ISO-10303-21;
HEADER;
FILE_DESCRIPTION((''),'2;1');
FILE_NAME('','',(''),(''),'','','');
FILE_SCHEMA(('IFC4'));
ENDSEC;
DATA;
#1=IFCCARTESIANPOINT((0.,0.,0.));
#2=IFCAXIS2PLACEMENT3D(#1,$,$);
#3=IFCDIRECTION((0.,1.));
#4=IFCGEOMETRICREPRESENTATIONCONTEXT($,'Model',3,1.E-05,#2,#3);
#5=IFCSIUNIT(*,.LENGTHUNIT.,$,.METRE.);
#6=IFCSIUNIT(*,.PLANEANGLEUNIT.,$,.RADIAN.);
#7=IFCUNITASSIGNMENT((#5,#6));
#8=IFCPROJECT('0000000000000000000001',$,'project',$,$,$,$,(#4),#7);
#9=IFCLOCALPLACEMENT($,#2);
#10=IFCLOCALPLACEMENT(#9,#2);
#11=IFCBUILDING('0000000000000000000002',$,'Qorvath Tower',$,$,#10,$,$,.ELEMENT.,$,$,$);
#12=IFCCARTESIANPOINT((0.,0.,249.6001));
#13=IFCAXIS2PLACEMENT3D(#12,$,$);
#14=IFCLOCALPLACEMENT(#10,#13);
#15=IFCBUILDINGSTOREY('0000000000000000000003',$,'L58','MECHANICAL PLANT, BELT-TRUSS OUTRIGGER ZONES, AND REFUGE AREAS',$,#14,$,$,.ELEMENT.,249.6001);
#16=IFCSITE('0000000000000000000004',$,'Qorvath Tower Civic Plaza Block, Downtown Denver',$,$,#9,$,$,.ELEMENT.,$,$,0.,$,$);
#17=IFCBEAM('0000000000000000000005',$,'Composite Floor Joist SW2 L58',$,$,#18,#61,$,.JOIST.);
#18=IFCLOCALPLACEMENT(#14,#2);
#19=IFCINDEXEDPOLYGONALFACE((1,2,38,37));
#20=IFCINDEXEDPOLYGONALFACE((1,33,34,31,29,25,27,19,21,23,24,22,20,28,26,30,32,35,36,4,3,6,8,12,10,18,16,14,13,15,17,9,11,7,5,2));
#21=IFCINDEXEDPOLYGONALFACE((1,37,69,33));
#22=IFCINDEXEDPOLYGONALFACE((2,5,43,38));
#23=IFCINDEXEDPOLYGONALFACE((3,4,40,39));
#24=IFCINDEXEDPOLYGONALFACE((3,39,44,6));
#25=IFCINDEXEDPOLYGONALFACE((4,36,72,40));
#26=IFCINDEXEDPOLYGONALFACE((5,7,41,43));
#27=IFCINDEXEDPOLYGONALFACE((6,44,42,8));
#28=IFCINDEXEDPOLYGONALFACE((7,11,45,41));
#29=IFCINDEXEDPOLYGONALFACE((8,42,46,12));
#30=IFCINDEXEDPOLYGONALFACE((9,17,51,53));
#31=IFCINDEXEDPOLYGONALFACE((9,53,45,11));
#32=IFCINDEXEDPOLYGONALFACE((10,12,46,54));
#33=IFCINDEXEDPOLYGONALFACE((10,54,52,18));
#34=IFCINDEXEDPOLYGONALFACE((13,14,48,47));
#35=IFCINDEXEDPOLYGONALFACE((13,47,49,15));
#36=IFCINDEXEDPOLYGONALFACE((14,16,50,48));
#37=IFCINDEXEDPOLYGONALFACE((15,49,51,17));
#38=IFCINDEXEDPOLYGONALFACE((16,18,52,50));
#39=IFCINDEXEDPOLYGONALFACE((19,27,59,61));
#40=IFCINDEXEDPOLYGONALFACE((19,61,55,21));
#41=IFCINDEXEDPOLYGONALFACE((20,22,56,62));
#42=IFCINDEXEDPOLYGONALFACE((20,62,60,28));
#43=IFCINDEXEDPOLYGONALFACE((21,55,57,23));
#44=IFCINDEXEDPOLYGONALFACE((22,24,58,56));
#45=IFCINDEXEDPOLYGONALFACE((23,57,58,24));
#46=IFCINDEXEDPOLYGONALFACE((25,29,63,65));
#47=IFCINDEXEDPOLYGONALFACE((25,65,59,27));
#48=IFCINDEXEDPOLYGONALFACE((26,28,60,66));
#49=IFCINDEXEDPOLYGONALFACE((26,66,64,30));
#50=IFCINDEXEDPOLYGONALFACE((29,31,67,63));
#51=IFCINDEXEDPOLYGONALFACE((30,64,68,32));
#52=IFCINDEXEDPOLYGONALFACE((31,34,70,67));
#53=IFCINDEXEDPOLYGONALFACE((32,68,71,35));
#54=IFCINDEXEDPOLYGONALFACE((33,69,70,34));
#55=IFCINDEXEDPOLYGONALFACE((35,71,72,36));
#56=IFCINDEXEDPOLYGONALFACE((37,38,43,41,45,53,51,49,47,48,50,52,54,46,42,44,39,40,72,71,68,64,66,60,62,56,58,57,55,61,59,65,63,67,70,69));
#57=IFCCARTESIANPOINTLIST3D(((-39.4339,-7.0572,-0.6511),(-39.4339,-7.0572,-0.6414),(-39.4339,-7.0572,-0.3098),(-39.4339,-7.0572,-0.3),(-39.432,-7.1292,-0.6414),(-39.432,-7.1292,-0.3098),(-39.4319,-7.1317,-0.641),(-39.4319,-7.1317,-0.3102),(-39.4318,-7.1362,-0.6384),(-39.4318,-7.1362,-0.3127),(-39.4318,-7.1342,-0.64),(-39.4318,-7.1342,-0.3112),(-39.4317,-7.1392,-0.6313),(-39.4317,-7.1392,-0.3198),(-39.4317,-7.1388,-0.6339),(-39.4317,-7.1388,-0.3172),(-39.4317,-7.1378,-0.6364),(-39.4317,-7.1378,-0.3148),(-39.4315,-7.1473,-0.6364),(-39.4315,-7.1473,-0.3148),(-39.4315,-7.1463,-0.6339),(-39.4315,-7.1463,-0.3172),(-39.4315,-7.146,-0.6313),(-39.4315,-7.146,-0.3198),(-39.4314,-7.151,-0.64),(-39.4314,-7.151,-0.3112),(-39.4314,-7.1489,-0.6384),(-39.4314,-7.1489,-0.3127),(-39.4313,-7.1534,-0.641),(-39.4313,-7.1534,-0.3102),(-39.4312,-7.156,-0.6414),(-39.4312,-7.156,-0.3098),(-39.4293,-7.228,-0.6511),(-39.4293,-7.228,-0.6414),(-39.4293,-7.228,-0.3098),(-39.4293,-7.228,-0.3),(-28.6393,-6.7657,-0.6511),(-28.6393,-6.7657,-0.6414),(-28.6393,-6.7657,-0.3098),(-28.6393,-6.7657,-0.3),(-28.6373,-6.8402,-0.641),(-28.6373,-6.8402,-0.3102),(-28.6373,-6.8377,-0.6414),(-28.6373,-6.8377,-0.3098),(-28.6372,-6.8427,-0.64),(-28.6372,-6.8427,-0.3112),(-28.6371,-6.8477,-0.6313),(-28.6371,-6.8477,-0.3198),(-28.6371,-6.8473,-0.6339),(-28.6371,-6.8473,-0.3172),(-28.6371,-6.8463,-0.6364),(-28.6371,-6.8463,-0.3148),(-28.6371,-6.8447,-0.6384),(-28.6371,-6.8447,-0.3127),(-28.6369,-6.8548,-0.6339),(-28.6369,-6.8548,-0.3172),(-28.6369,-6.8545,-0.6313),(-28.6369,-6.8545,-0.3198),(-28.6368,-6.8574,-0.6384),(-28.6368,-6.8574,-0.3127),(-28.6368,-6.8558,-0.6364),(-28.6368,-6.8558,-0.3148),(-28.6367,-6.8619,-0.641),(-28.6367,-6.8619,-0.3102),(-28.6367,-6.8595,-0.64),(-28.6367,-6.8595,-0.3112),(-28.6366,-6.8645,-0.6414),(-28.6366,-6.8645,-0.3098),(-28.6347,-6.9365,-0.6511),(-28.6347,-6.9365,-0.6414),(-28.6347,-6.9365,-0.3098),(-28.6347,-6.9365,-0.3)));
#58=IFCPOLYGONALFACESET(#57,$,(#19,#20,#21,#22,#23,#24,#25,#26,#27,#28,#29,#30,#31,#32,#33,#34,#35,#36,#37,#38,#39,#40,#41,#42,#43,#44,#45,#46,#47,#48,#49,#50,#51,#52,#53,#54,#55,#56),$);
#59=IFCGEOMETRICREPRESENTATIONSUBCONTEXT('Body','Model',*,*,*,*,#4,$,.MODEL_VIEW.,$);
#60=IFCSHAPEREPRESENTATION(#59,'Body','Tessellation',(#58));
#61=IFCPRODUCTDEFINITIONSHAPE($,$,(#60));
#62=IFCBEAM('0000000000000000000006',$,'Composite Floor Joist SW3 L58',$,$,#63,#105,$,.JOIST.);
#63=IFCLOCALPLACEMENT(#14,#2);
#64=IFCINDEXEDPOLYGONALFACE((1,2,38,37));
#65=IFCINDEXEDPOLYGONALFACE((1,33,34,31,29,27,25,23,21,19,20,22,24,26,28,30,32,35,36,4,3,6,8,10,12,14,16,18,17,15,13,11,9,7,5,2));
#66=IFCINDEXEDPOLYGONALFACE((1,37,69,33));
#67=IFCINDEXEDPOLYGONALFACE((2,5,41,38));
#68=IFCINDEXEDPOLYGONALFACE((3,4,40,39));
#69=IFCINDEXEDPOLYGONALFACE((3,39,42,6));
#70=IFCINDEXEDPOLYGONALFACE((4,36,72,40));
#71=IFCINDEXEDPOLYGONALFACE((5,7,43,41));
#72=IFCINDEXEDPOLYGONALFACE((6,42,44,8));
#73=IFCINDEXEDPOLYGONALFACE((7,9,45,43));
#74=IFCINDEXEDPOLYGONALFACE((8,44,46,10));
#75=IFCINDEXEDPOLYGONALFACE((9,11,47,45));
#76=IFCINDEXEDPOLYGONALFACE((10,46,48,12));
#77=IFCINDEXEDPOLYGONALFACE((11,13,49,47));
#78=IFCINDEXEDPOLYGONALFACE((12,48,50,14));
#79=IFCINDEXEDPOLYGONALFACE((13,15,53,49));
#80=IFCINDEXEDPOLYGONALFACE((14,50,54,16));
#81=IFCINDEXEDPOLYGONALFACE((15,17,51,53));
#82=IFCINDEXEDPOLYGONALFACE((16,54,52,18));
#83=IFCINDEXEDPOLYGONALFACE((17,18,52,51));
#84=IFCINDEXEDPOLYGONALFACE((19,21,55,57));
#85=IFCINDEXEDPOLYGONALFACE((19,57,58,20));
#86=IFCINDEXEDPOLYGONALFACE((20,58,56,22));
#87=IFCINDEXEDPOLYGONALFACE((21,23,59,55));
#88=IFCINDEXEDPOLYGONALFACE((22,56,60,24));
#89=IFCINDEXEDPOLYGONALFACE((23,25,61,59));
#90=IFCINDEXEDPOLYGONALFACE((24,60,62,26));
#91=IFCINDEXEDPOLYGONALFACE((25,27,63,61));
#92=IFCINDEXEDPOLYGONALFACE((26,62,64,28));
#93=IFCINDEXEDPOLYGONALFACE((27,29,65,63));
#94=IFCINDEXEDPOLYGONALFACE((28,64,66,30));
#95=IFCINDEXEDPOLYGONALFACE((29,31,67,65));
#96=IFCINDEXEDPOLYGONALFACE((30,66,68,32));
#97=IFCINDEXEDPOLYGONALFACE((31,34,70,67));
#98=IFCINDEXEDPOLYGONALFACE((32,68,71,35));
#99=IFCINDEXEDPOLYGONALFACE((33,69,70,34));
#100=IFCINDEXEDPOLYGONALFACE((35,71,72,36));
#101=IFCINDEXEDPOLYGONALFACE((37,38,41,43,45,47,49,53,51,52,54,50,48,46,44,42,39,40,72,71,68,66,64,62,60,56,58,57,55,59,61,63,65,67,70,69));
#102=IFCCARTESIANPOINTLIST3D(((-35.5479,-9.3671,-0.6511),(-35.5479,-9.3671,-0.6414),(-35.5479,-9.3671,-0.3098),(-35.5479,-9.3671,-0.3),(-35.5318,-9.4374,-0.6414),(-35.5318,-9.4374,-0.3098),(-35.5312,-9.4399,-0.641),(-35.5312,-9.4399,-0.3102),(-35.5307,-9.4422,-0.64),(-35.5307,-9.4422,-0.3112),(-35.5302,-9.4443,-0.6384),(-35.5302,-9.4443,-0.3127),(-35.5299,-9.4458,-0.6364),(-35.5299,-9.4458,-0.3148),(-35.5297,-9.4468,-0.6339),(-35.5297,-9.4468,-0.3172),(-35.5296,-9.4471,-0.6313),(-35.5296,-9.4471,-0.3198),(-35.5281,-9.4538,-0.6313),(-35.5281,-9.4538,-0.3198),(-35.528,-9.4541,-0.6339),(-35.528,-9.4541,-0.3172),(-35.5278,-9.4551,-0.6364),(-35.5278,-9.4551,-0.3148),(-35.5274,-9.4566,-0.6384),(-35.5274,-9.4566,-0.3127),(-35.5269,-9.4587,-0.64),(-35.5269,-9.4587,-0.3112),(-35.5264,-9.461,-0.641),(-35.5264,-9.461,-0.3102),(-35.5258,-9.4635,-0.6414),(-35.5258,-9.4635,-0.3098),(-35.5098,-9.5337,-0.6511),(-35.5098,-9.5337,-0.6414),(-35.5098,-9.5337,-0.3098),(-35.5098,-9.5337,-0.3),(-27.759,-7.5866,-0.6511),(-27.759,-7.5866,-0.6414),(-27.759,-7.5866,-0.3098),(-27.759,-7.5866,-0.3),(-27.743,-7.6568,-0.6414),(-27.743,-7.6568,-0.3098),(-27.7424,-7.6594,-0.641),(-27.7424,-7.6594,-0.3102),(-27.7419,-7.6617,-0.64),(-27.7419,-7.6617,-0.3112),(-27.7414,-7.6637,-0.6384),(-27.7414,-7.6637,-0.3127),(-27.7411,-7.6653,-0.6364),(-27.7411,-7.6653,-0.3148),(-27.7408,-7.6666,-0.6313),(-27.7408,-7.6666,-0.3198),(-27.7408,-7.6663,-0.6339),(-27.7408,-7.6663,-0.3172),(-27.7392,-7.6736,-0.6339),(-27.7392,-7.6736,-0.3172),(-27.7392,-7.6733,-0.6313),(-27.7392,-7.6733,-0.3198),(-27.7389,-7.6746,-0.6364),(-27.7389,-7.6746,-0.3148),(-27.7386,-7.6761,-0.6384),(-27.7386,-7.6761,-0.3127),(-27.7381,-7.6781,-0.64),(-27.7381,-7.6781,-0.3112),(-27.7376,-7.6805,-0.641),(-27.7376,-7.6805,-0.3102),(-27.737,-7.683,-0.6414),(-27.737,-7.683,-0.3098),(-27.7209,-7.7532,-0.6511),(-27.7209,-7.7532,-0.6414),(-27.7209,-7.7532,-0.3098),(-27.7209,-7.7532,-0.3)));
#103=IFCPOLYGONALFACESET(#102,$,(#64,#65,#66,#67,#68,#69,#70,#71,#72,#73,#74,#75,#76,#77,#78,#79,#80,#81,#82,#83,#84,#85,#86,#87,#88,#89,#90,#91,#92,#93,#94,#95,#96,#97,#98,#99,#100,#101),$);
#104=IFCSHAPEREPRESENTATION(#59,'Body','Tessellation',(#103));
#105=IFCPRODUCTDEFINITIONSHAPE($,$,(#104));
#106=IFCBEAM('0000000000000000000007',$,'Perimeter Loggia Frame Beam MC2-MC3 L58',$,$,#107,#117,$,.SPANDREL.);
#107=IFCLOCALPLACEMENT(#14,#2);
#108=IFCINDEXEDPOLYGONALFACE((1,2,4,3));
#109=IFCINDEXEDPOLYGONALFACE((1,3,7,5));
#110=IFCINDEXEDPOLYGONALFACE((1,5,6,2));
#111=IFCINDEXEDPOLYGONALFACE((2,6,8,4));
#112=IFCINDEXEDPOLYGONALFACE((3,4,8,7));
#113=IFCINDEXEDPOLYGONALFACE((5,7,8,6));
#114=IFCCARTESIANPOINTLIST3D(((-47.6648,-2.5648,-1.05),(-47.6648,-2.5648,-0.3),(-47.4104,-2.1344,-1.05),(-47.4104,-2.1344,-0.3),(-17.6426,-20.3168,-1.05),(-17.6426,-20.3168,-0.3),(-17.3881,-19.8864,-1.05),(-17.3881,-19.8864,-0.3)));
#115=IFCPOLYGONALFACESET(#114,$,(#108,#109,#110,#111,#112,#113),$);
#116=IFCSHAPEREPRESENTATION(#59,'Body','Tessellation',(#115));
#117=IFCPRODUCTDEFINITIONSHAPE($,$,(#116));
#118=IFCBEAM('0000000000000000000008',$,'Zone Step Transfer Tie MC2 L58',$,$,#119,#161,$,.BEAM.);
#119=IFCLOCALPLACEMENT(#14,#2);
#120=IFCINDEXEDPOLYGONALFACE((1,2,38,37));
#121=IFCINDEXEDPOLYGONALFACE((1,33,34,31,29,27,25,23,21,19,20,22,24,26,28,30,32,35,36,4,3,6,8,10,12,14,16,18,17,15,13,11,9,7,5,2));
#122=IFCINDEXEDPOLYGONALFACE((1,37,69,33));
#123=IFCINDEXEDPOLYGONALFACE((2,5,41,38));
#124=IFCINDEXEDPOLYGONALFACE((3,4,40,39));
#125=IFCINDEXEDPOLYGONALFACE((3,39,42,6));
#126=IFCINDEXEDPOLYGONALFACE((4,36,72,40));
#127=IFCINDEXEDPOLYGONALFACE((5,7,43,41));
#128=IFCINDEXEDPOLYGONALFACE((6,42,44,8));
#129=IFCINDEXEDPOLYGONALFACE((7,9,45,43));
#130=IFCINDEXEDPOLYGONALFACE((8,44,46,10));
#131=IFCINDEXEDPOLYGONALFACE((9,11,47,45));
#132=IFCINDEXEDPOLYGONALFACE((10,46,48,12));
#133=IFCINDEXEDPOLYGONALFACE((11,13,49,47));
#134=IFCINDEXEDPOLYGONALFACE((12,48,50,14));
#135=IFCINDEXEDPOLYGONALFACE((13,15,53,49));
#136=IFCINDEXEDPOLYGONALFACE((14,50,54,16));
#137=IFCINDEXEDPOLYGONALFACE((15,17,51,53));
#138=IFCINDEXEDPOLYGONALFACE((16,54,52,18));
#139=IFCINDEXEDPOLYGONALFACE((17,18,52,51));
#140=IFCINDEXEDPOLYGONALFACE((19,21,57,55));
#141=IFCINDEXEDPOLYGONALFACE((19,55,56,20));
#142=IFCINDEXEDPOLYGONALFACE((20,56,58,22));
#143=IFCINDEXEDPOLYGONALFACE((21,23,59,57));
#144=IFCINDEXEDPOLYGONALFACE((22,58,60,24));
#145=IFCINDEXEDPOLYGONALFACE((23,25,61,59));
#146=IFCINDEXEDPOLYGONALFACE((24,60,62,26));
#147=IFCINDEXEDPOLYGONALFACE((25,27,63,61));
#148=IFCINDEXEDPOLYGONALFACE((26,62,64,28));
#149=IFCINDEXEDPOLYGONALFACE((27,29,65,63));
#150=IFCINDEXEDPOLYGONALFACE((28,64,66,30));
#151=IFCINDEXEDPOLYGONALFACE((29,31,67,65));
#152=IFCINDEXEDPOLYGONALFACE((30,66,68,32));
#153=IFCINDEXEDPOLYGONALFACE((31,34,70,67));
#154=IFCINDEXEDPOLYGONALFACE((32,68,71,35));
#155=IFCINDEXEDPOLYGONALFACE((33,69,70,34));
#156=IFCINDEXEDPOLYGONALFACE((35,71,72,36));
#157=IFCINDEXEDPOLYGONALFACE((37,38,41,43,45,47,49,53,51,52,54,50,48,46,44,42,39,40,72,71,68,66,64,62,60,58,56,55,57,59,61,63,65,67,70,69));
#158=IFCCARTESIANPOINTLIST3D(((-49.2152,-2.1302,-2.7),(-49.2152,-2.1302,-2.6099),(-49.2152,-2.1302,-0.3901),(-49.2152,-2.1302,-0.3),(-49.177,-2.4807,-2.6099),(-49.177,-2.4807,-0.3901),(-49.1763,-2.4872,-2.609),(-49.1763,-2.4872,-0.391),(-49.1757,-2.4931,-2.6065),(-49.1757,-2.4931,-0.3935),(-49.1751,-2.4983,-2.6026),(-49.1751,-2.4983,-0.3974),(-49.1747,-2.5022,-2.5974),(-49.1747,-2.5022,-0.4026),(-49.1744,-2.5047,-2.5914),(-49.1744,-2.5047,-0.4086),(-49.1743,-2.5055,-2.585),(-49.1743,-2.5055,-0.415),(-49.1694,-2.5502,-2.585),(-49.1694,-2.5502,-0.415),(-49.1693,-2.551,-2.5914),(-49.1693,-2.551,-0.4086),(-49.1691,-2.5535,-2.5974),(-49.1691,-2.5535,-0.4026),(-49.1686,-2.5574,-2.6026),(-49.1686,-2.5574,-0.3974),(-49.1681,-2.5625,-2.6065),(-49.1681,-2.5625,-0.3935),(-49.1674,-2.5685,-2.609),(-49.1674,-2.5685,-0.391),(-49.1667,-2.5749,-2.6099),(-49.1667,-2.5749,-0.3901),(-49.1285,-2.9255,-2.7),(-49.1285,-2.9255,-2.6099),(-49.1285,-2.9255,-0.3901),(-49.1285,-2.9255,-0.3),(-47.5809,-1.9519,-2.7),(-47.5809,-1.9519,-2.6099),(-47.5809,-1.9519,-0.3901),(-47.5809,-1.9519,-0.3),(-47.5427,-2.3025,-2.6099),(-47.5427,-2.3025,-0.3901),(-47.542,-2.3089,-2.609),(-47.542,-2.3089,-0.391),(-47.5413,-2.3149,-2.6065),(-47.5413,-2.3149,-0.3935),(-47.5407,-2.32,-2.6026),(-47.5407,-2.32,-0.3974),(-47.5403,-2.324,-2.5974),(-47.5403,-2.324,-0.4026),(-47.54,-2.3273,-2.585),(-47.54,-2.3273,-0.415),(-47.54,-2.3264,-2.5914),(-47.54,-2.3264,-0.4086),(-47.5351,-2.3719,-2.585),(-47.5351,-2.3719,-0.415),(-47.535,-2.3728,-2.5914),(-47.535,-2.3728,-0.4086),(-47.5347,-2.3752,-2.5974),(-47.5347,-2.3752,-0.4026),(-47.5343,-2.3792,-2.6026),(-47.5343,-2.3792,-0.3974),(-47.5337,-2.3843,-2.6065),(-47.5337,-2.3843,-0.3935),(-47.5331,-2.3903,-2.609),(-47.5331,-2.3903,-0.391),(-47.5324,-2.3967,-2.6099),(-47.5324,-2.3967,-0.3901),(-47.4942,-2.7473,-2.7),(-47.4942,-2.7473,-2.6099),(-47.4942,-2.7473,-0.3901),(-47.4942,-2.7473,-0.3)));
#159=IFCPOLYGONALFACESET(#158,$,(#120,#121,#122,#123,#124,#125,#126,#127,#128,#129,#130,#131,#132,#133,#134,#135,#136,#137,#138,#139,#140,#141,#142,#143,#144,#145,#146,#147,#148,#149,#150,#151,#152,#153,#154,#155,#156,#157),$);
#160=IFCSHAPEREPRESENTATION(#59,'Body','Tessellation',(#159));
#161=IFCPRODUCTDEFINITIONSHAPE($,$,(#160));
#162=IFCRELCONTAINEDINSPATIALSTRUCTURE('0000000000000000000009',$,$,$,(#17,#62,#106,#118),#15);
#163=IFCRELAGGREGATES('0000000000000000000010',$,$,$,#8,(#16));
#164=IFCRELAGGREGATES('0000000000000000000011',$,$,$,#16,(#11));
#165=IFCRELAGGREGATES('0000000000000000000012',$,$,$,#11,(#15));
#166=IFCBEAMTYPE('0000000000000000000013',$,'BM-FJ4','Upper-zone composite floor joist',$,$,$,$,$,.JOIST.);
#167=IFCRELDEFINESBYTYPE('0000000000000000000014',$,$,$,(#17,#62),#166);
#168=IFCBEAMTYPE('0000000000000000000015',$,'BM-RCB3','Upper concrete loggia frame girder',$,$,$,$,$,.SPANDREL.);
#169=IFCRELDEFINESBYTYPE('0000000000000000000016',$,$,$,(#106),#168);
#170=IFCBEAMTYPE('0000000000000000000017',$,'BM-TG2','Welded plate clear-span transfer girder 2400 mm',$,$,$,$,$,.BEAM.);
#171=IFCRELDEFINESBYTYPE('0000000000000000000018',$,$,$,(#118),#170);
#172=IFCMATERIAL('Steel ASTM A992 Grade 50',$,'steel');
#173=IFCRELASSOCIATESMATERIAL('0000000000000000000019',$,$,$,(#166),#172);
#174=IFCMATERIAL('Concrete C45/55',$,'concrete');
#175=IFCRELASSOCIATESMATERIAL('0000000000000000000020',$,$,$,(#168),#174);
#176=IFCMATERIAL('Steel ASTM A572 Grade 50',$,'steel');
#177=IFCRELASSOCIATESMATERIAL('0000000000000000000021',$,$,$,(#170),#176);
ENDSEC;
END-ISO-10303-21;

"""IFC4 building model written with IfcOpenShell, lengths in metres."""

from ifc_helpers import new_model, si_unit, direction, frame, origin, origin_2d, place, context, subcontext, project, spatial, rectangle, i_section, extrude, material, material_profile, profile_set, type_object, element, save


model = new_model("IFC4")

# Units and contexts
model_context = context("Model", 3, precision=1e-05, world=origin(), true_north=direction((0.0, 1.0)))
body_context = subcontext(model_context, "Body", "Model", "MODEL_VIEW")
ifc_project = project(units=[si_unit("LENGTHUNIT", "METRE"), si_unit("PLANEANGLEUNIT", "RADIAN")], contexts=[model_context])

# Site, building, storey
site_placement = place(None, origin())
site = spatial("IfcSite", under=ifc_project, at=site_placement, Name="Qorvath Tower Civic Plaza Block, Downtown Denver", CompositionType="ELEMENT", RefElevation=0.0)
building_placement = place(site_placement, origin())
building = spatial("IfcBuilding", under=site, at=building_placement, Name="Qorvath Tower", CompositionType="ELEMENT")
storey_placement = place(building_placement, frame((0.0, 0.0, 249.6001)))
storey = spatial("IfcBuildingStorey", under=building, at=storey_placement, Name="L58", Description="MECHANICAL PLANT, BELT-TRUSS OUTRIGGER ZONES, AND REFUGE AREAS", CompositionType="ELEMENT", Elevation=249.6001)

# Beams
ifc_material_1 = material(Name="Steel ASTM A992 Grade 50", Category="steel")
ifc_material_profile_1 = material_profile(ifc_material_1, i_section(OverallWidth=0.1709, OverallDepth=0.3511, WebThickness=0.0068, FlangeThickness=0.0098, FilletRadius=0.01, at=origin_2d()), Name="W14x30")
ifc_profile_set_1 = profile_set([ifc_material_profile_1], Name="Steel ASTM A992 Grade 50")
beam_type_1 = type_object("IfcBeamType", Name="BM-FJ4", Description="Upper-zone composite floor joist", PredefinedType="JOIST", material=ifc_profile_set_1)
beam_1_placement = place(storey_placement, frame((-28.637, -6.8511, -0.4756), z_axis=(-0.999636, -0.026995, 0.0), x_axis=(0.026995, -0.999636, 0.0)))
element("IfcBeam", 1, at=beam_1_placement, inside=storey, type_object=beam_type_1, Name="Composite Floor Joist SW2 L58", PredefinedType="JOIST", context=body_context, shape_type="SweptSolid", body=[
    extrude(i_section(OverallWidth=0.1709, OverallDepth=0.3511, WebThickness=0.0068, FlangeThickness=0.0098, FilletRadius=0.01, at=origin_2d()), origin(), (0.0, 0.0, 1.0), 10.7986),
])
beam_2_placement = place(storey_placement, frame((-27.74, -7.6699, -0.4756), z_axis=(-0.974853, -0.222851, 0.0), x_axis=(0.222851, -0.974853, 0.0)))
element("IfcBeam", 2, at=beam_2_placement, inside=storey, type_object=beam_type_1, Name="Composite Floor Joist SW3 L58", PredefinedType="JOIST", context=body_context, shape_type="SweptSolid", body=[
    extrude(i_section(OverallWidth=0.1709, OverallDepth=0.3511, WebThickness=0.0068, FlangeThickness=0.0098, FilletRadius=0.01, at=origin_2d()), origin(), (0.0, 0.0, 1.0), 7.9897),
])
ifc_material_2 = material(Name="Concrete C45/55", Category="concrete")
ifc_material_profile_2 = material_profile(ifc_material_2, rectangle(XDim=0.5, YDim=0.75, at=origin_2d()), Name="RCB 750x500")
ifc_profile_set_2 = profile_set([ifc_material_profile_2], Name="Concrete C45/55")
beam_type_2 = type_object("IfcBeamType", Name="BM-RCB3", Description="Upper concrete loggia frame girder", PredefinedType="SPANDREL", material=ifc_profile_set_2)
beam_3_placement = place(storey_placement, frame((-47.5376, -2.3496, -0.675), z_axis=(0.860781, -0.508975, 0.0), x_axis=(0.508975, 0.860781, 0.0)))
element("IfcBeam", 3, at=beam_3_placement, inside=storey, type_object=beam_type_2, Name="Perimeter Loggia Frame Beam MC2-MC3 L58", PredefinedType="SPANDREL", context=body_context, shape_type="SweptSolid", body=[
    extrude(rectangle(XDim=0.5, YDim=0.75, at=origin_2d()), origin(), (0.0, 0.0, 1.0), 34.8779),
])
ifc_material_3 = material(Name="Steel ASTM A572 Grade 50", Category="steel")
ifc_material_profile_3 = material_profile(ifc_material_3, i_section(OverallWidth=0.8, OverallDepth=2.3999, WebThickness=0.0449, FlangeThickness=0.0901, FilletRadius=0.0249, at=origin_2d()), Name="WTG 2400x800")
ifc_profile_set_3 = profile_set([ifc_material_profile_3], Name="Steel ASTM A572 Grade 50")
beam_type_3 = type_object("IfcBeamType", Name="BM-TG2", Description="Welded plate clear-span transfer girder 2400 mm", PredefinedType="BEAM", material=ifc_profile_set_3)
beam_4_placement = place(storey_placement, frame((-49.1719, -2.5278, -1.5), z_axis=(0.994106, 0.10841, 0.0), x_axis=(-0.10841, 0.994106, 0.0)))
element("IfcBeam", 4, at=beam_4_placement, inside=storey, type_object=beam_type_3, Name="Zone Step Transfer Tie MC2 L58", PredefinedType="BEAM", context=body_context, shape_type="SweptSolid", body=[
    extrude(i_section(OverallWidth=0.8, OverallDepth=2.3999, WebThickness=0.0449, FlangeThickness=0.0901, FilletRadius=0.0249, at=origin_2d()), origin(), (0.0, 0.0, 1.0), 1.644),
])

save(model, "model.ifc")
